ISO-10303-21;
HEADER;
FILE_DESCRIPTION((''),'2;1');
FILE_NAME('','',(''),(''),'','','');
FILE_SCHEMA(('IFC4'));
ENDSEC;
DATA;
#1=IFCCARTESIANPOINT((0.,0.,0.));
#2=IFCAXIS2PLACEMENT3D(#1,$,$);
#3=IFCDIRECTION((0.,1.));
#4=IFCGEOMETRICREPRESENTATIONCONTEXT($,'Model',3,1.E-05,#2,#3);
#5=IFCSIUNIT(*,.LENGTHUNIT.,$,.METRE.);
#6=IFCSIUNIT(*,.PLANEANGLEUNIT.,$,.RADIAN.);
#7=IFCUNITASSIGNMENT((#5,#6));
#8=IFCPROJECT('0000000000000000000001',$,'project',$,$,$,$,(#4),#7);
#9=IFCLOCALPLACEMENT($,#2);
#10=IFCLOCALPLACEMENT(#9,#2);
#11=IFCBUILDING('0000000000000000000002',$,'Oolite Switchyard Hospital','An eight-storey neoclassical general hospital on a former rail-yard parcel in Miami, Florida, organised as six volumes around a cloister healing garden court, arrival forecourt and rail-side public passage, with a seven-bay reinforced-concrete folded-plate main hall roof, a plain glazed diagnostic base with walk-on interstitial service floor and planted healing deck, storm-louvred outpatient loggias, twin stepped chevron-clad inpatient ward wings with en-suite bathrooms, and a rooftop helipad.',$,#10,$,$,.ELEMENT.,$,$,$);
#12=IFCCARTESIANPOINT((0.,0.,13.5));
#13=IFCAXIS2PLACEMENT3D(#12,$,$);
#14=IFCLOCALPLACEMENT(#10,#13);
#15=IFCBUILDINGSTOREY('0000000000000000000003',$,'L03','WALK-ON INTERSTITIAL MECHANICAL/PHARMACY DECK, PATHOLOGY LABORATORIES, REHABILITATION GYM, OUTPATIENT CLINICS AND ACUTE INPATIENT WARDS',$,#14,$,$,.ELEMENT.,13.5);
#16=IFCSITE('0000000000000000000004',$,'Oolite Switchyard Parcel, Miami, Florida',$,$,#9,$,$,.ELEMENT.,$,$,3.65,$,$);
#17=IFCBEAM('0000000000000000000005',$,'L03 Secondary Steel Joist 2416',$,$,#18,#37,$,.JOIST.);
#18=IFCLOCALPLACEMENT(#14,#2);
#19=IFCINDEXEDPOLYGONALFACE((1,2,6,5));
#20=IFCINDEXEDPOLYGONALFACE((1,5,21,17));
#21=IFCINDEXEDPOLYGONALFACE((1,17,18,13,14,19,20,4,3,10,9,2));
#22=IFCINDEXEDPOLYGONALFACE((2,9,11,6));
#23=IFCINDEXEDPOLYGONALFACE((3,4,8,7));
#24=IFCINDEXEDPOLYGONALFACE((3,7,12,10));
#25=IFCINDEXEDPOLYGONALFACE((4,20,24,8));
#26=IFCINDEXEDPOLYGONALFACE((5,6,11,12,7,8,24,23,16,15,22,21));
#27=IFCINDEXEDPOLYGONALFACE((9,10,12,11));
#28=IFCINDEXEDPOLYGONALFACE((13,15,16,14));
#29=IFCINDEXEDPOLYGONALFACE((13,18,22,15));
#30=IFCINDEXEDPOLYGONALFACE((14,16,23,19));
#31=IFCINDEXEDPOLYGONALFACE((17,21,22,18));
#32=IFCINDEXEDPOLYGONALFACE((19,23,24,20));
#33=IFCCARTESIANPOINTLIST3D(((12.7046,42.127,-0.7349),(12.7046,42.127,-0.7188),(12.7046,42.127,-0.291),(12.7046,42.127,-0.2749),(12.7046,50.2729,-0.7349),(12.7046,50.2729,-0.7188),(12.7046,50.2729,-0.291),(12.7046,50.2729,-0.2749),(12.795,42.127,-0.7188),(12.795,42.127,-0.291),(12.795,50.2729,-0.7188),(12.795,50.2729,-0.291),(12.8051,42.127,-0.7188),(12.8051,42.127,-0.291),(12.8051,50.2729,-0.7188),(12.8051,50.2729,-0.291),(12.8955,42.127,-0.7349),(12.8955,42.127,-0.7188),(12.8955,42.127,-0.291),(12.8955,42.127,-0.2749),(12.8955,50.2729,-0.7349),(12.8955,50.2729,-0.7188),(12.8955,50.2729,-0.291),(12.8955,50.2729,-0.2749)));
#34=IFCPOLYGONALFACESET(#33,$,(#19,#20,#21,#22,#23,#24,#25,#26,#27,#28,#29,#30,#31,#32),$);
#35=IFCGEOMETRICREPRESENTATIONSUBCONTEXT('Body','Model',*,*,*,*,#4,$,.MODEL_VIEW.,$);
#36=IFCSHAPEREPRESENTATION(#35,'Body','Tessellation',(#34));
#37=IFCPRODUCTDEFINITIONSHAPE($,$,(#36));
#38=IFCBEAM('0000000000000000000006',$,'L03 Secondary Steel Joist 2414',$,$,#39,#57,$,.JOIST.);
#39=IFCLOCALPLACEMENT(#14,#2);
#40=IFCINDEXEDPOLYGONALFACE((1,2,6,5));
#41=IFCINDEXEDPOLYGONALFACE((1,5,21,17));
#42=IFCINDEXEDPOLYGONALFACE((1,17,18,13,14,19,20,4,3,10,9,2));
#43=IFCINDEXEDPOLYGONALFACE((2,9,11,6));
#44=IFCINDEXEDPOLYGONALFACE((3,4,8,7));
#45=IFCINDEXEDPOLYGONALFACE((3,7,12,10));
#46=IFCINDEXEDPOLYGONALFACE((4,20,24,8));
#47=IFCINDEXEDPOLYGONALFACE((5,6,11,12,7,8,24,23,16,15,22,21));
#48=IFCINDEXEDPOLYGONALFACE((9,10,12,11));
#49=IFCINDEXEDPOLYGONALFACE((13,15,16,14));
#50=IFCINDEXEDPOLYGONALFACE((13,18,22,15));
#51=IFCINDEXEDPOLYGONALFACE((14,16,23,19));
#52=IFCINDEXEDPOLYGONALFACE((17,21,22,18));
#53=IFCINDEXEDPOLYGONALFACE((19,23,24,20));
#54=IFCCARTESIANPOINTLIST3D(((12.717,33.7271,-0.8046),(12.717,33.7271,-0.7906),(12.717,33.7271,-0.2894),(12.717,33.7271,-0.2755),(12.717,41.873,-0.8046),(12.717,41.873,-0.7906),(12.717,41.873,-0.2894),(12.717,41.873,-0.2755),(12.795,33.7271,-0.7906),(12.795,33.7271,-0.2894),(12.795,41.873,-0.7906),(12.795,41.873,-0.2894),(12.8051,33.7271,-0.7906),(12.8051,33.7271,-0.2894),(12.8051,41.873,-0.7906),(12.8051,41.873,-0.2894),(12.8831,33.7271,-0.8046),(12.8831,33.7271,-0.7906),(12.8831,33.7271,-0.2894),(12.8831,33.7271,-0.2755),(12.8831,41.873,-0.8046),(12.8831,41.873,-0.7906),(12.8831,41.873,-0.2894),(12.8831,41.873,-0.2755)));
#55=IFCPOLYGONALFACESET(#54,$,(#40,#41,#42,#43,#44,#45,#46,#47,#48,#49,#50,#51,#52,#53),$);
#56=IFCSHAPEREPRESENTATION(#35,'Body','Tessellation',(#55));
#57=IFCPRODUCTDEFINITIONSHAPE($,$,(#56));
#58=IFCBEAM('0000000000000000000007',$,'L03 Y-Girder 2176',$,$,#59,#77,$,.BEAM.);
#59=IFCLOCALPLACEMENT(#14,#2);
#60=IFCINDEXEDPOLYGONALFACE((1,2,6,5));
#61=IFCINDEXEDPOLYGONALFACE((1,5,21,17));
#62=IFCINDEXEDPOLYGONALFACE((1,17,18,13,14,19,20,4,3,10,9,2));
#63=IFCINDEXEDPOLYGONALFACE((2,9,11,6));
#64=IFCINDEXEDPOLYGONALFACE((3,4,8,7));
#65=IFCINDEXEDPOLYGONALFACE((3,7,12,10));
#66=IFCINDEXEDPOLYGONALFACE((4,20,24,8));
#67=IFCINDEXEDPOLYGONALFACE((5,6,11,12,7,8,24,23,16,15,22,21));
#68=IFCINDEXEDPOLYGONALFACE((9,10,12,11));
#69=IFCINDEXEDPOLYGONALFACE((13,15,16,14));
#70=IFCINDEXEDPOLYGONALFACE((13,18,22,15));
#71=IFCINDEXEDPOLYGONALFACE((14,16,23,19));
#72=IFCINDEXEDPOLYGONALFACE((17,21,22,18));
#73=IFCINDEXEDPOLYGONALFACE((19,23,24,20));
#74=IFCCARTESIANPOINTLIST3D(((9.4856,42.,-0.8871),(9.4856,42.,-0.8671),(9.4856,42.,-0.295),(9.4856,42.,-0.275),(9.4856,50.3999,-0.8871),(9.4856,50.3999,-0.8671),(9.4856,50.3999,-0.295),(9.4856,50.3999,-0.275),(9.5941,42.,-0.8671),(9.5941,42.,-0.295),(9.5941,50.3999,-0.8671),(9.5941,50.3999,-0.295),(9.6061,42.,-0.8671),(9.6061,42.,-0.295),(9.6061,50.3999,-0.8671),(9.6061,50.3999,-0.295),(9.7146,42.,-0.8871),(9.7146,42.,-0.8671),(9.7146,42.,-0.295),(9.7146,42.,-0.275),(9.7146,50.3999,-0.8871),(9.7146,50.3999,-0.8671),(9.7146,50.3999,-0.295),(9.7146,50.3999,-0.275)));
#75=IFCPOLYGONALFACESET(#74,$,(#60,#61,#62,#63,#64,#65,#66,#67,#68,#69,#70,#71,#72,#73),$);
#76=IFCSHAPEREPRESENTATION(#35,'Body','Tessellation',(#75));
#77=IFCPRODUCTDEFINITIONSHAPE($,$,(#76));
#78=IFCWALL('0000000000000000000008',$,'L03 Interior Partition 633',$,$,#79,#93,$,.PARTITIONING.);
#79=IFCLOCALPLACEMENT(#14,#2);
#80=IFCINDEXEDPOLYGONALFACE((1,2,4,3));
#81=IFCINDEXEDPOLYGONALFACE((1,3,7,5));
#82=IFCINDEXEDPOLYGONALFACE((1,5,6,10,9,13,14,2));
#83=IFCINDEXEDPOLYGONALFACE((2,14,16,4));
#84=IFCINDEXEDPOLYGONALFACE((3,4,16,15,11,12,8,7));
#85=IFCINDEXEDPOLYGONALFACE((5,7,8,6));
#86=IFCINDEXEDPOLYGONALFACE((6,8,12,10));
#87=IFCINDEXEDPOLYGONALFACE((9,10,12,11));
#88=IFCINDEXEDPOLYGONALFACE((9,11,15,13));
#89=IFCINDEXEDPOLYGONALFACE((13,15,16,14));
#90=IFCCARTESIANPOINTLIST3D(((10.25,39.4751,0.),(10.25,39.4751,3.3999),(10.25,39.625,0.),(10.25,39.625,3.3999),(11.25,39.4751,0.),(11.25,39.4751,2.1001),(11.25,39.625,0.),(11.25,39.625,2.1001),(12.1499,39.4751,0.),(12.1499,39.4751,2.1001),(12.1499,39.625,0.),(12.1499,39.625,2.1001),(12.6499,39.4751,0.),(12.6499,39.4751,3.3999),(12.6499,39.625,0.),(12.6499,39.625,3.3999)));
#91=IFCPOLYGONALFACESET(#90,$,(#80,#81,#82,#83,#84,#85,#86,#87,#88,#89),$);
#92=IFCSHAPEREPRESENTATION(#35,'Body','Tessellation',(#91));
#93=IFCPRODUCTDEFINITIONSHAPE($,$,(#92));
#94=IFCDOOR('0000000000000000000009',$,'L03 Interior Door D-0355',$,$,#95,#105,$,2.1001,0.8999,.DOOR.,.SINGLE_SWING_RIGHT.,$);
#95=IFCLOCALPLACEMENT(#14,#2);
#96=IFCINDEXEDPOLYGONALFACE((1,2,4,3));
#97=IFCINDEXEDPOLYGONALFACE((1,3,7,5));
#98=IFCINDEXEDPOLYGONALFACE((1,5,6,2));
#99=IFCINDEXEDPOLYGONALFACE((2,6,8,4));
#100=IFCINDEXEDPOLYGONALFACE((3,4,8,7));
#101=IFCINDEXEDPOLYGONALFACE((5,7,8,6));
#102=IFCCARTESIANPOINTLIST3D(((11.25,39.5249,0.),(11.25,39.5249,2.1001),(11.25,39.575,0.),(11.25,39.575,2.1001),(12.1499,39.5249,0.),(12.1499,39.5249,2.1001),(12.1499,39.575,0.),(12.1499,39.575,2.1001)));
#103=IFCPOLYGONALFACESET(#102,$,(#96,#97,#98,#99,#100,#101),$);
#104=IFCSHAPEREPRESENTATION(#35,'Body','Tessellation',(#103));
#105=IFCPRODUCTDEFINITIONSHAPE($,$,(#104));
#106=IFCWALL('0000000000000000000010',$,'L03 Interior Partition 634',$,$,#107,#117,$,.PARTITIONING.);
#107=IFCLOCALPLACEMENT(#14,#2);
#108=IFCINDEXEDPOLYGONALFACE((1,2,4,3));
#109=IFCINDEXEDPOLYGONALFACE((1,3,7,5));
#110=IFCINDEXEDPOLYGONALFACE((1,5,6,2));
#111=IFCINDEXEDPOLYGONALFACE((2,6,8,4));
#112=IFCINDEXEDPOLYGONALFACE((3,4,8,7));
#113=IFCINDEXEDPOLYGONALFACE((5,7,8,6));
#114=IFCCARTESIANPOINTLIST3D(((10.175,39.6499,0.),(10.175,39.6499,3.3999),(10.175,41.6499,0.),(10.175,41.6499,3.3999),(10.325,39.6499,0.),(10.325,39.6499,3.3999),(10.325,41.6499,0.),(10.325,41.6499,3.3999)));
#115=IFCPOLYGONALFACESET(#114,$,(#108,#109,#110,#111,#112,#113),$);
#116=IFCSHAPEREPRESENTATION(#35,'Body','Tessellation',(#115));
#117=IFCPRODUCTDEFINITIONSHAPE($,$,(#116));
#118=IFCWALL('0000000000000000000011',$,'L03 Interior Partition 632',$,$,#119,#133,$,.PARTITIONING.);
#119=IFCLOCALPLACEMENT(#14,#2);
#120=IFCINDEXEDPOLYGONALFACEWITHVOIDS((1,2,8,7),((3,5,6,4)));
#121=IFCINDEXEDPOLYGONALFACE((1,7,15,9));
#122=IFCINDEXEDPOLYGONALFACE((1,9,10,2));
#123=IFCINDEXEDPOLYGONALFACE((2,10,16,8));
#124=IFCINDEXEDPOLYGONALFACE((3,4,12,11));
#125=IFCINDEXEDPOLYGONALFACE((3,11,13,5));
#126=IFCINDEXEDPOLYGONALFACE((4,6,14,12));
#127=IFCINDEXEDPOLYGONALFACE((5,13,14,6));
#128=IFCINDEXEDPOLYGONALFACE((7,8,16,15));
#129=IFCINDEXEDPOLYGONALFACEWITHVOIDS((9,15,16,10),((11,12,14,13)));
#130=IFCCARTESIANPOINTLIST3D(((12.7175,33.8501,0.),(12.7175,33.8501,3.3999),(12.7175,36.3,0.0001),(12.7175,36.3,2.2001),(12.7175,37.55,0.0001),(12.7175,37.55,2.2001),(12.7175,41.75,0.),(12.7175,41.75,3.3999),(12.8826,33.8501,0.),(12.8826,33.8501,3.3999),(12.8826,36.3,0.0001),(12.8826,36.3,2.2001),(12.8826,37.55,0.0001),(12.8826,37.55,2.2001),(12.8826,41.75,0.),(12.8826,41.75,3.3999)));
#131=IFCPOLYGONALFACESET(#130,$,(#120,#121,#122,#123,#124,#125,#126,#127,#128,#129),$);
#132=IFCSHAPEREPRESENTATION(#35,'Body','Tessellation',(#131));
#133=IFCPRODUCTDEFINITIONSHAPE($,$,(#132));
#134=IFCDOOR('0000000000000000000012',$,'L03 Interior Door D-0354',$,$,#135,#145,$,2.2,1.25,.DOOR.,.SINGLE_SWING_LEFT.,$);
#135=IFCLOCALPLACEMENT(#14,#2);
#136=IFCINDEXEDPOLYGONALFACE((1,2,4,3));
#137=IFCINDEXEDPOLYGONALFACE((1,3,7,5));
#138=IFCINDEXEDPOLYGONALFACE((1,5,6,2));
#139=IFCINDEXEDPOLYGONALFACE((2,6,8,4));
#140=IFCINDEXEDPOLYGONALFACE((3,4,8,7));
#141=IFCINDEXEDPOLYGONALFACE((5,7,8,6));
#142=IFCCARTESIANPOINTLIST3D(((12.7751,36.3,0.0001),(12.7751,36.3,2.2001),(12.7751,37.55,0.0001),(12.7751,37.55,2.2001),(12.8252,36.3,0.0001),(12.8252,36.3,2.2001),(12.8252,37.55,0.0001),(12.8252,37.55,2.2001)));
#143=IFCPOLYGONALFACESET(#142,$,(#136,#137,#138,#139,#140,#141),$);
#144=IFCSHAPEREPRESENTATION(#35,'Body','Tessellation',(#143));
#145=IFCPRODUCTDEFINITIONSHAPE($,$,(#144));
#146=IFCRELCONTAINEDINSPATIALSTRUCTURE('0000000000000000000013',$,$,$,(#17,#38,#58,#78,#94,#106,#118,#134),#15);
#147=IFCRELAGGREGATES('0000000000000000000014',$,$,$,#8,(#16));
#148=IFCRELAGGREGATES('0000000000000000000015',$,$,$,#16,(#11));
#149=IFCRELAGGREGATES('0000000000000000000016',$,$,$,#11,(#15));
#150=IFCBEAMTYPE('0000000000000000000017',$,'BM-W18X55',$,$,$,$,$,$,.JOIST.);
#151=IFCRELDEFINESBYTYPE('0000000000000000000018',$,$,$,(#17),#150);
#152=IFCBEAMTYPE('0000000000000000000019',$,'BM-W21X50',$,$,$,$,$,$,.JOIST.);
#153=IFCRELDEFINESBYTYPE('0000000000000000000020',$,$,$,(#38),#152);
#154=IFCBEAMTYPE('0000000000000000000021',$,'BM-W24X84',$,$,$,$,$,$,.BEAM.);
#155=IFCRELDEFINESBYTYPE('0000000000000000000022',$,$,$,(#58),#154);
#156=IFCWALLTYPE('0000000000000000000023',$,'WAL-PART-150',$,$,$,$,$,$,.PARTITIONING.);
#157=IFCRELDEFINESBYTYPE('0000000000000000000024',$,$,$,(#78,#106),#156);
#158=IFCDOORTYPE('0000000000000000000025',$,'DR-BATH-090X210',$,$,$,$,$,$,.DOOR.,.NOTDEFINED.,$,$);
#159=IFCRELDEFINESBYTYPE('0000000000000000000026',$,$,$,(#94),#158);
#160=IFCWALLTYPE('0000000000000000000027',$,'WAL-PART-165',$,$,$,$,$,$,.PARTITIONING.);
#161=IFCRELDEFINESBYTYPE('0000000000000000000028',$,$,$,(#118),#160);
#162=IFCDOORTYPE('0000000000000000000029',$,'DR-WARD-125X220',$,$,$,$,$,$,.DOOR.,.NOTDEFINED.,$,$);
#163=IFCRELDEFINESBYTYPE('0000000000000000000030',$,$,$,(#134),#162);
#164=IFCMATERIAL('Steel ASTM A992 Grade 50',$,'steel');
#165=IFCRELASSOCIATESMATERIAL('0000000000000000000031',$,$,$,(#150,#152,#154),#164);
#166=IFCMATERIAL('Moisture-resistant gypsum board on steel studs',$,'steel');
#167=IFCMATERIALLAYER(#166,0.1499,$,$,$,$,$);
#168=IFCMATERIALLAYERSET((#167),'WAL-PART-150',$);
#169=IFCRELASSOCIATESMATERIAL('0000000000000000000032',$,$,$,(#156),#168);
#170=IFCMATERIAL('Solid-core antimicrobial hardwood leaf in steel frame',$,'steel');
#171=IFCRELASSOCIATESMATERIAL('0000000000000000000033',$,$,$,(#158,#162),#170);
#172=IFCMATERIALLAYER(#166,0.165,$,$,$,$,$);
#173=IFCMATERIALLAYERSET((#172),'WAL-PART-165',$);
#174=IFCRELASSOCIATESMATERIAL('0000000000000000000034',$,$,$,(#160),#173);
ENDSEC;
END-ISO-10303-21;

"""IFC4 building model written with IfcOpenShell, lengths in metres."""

from ifc_helpers import new_model, si_unit, direction, frame, frame_2d, origin, origin_2d, place, context, subcontext, project, spatial, rectangle, i_section, extrude, material, layer, layer_set, material_profile, profile_set, type_object, element, fill, save


model = new_model("IFC4")

# Units and contexts
model_context = context("Model", 3, precision=1e-05, world=origin(), true_north=direction((0.0, 1.0)))
body_context = subcontext(model_context, "Body", "Model", "MODEL_VIEW")
ifc_project = project(units=[si_unit("LENGTHUNIT", "METRE"), si_unit("PLANEANGLEUNIT", "RADIAN")], contexts=[model_context])

# Site, building, storey
site_placement = place(None, origin())
site = spatial("IfcSite", under=ifc_project, at=site_placement, Name="Oolite Switchyard Parcel, Miami, Florida", CompositionType="ELEMENT", RefElevation=3.65)
building_placement = place(site_placement, origin())
building = spatial("IfcBuilding", under=site, at=building_placement, Name="Oolite Switchyard Hospital", Description="An eight-storey neoclassical general hospital on a former rail-yard parcel in Miami, Florida, organised as six volumes around a cloister healing garden court, arrival forecourt and rail-side public passage, with a seven-bay reinforced-concrete folded-plate main hall roof, a plain glazed diagnostic base with walk-on interstitial service floor and planted healing deck, storm-louvred outpatient loggias, twin stepped chevron-clad inpatient ward wings with en-suite bathrooms, and a rooftop helipad.", CompositionType="ELEMENT")
storey_placement = place(building_placement, frame((0.0, 0.0, 13.5)))
storey = spatial("IfcBuildingStorey", under=building, at=storey_placement, Name="L03", Description="WALK-ON INTERSTITIAL MECHANICAL/PHARMACY DECK, PATHOLOGY LABORATORIES, REHABILITATION GYM, OUTPATIENT CLINICS AND ACUTE INPATIENT WARDS", CompositionType="ELEMENT", Elevation=13.5)

# Beams
ifc_material_1 = material(Name="Steel ASTM A992 Grade 50", Category="steel")
ifc_material_profile_1 = material_profile(ifc_material_1, i_section(OverallWidth=0.1909, OverallDepth=0.46, WebThickness=0.01, FlangeThickness=0.0161, at=origin_2d()), Name="W18X55")
ifc_profile_set_1 = profile_set([ifc_material_profile_1], Name="Steel ASTM A992 Grade 50")
beam_type_1 = type_object("IfcBeamType", Name="BM-W18X55", PredefinedType="JOIST", material=ifc_profile_set_1)
beam_1_placement = place(storey_placement, frame((12.8, 42.127, -0.5049), z_axis=(0.0, 1.0, 0.0), x_axis=(-1.0, 0.0, 0.0)))
element("IfcBeam", 1, at=beam_1_placement, inside=storey, type_object=beam_type_1, Name="L03 Secondary Steel Joist 2416", PredefinedType="JOIST", context=body_context, shape_type="SweptSolid", body=[
    extrude(i_section(OverallWidth=0.1909, OverallDepth=0.46, WebThickness=0.01, FlangeThickness=0.0161, at=origin_2d()), origin(), (0.0, 0.0, 1.0), 8.146),
])
ifc_material_profile_2 = material_profile(ifc_material_1, i_section(OverallWidth=0.166, OverallDepth=0.5291, WebThickness=0.01, FlangeThickness=0.0139, at=origin_2d()), Name="W21X50")
ifc_profile_set_2 = profile_set([ifc_material_profile_2], Name="Steel ASTM A992 Grade 50")
beam_type_2 = type_object("IfcBeamType", Name="BM-W21X50", PredefinedType="JOIST", material=ifc_profile_set_2)
beam_2_placement = place(storey_placement, frame((12.8, 33.7271, -0.54), z_axis=(0.0, 1.0, 0.0), x_axis=(-1.0, 0.0, 0.0)))
element("IfcBeam", 2, at=beam_2_placement, inside=storey, type_object=beam_type_2, Name="L03 Secondary Steel Joist 2414", PredefinedType="JOIST", context=body_context, shape_type="SweptSolid", body=[
    extrude(i_section(OverallWidth=0.166, OverallDepth=0.5291, WebThickness=0.01, FlangeThickness=0.0139, at=origin_2d()), origin(), (0.0, 0.0, 1.0), 8.146),
])
ifc_material_profile_3 = material_profile(ifc_material_1, i_section(OverallWidth=0.229, OverallDepth=0.6121, WebThickness=0.012, FlangeThickness=0.02, at=origin_2d()), Name="W24X84")
ifc_profile_set_3 = profile_set([ifc_material_profile_3], Name="Steel ASTM A992 Grade 50")
beam_type_3 = type_object("IfcBeamType", Name="BM-W24X84", PredefinedType="BEAM", material=ifc_profile_set_3)
beam_3_placement = place(storey_placement, frame((9.6001, 42.0, -0.5811), z_axis=(0.0, 1.0, 0.0), x_axis=(-1.0, 0.0, 0.0)))
element("IfcBeam", 3, at=beam_3_placement, inside=storey, type_object=beam_type_3, Name="L03 Y-Girder 2176", PredefinedType="BEAM", context=body_context, shape_type="SweptSolid", body=[
    extrude(i_section(OverallWidth=0.229, OverallDepth=0.6121, WebThickness=0.012, FlangeThickness=0.02, at=origin_2d()), origin(), (0.0, 0.0, 1.0), 8.3999),
])

# Wall, opening, door
ifc_material_2 = material(Name="Moisture-resistant gypsum board on steel studs", Category="steel")
ifc_layer_1 = layer(ifc_material_2, 0.1499)
ifc_layer_set_1 = layer_set([ifc_layer_1], Name="WAL-PART-150")
wall_type_1 = type_object("IfcWallType", Name="WAL-PART-150", PredefinedType="PARTITIONING", material=ifc_layer_set_1)
wall_1_placement = place(storey_placement, frame((10.25, 39.55, 0.0), z_axis=(0.0, 0.0, 1.0), x_axis=(1.0, 0.0, 0.0)))
wall_1 = element("IfcWall", 4, at=wall_1_placement, inside=storey, type_object=wall_type_1, Name="L03 Interior Partition 633", PredefinedType="PARTITIONING", context=body_context, shape_type="SweptSolid", body=[
    extrude(rectangle(XDim=2.3999, YDim=0.1499, at=frame_2d((1.2, 0.0))), origin(), (0.0, 0.0, 1.0), 3.3999),
])
opening_1_placement = place(wall_1_placement, frame((1.0, 0.0, 0.0)))
opening_1 = element("IfcOpeningElement", 5, at=opening_1_placement, cuts=wall_1, PredefinedType="OPENING", context=body_context, shape_type="SweptSolid", body=[
    extrude(rectangle(XDim=0.8999, YDim=2.1001, at=frame_2d((0.45, 1.05))), frame((0.0, 0.085, 0.0), z_axis=(0.0, -1.0, 0.0), x_axis=(1.0, 0.0, 0.0)), (0.0, 0.0, 1.0), 0.1699),
])
ifc_material_3 = material(Name="Solid-core antimicrobial hardwood leaf in steel frame", Category="steel")
door_type_1 = type_object("IfcDoorType", Name="DR-BATH-090X210", OperationType="NOTDEFINED", PredefinedType="DOOR", material=ifc_material_3)
door_1_placement = place(opening_1_placement, origin())
door_1 = element("IfcDoor", 6, at=door_1_placement, inside=storey, type_object=door_type_1, Name="L03 Interior Door D-0355", OperationType="SINGLE_SWING_RIGHT", OverallHeight=2.1001, OverallWidth=0.8999, PredefinedType="DOOR", context=body_context, shape_type="SweptSolid", body=[
    extrude(rectangle(XDim=0.8999, YDim=2.1001, at=frame_2d((0.45, 1.05))), frame((0.0, 0.0249, 0.0), z_axis=(0.0, -1.0, 0.0), x_axis=(1.0, 0.0, 0.0)), (0.0, 0.0, 1.0), 0.05),
])
fill(opening_1, door_1)

# Wall
wall_2_placement = place(storey_placement, frame((10.25, 39.6499, 0.0), z_axis=(0.0, 0.0, 1.0), x_axis=(0.0, 1.0, 0.0)))
element("IfcWall", 7, at=wall_2_placement, inside=storey, type_object=wall_type_1, Name="L03 Interior Partition 634", PredefinedType="PARTITIONING", context=body_context, shape_type="SweptSolid", body=[
    extrude(rectangle(XDim=2.0, YDim=0.1499, at=frame_2d((1.0, 0.0))), origin(), (0.0, 0.0, 1.0), 3.3999),
])

# Wall, opening, door
ifc_layer_2 = layer(ifc_material_2, 0.165)
ifc_layer_set_2 = layer_set([ifc_layer_2], Name="WAL-PART-165")
wall_type_2 = type_object("IfcWallType", Name="WAL-PART-165", PredefinedType="PARTITIONING", material=ifc_layer_set_2)
wall_3_placement = place(storey_placement, frame((12.8, 33.8501, 0.0), z_axis=(0.0, 0.0, 1.0), x_axis=(0.0, 1.0, 0.0)))
wall_3 = element("IfcWall", 8, at=wall_3_placement, inside=storey, type_object=wall_type_2, Name="L03 Interior Partition 632", PredefinedType="PARTITIONING", context=body_context, shape_type="SweptSolid", body=[
    extrude(rectangle(XDim=7.8999, YDim=0.165, at=frame_2d((3.95, 0.0))), origin(), (0.0, 0.0, 1.0), 3.3999),
])
opening_2_placement = place(wall_3_placement, frame((2.45, 0.0, 0.0)))
opening_2 = element("IfcOpeningElement", 9, at=opening_2_placement, cuts=wall_3, PredefinedType="OPENING", context=body_context, shape_type="SweptSolid", body=[
    extrude(rectangle(XDim=1.25, YDim=2.2, at=frame_2d((0.625, 1.1001))), frame((0.0, 0.0925, 0.0), z_axis=(0.0, -1.0, 0.0), x_axis=(1.0, 0.0, 0.0)), (0.0, 0.0, 1.0), 0.1851),
])
door_type_2 = type_object("IfcDoorType", Name="DR-WARD-125X220", OperationType="NOTDEFINED", PredefinedType="DOOR", material=ifc_material_3)
door_2_placement = place(opening_2_placement, origin())
door_2 = element("IfcDoor", 10, at=door_2_placement, inside=storey, type_object=door_type_2, Name="L03 Interior Door D-0354", OperationType="SINGLE_SWING_LEFT", OverallHeight=2.2, OverallWidth=1.25, PredefinedType="DOOR", context=body_context, shape_type="SweptSolid", body=[
    extrude(rectangle(XDim=1.25, YDim=2.2, at=frame_2d((0.625, 1.1001))), frame((0.0, 0.0249, 0.0), z_axis=(0.0, -1.0, 0.0), x_axis=(1.0, 0.0, 0.0)), (0.0, 0.0, 1.0), 0.05),
])
fill(opening_2, door_2)

save(model, "model.ifc")
